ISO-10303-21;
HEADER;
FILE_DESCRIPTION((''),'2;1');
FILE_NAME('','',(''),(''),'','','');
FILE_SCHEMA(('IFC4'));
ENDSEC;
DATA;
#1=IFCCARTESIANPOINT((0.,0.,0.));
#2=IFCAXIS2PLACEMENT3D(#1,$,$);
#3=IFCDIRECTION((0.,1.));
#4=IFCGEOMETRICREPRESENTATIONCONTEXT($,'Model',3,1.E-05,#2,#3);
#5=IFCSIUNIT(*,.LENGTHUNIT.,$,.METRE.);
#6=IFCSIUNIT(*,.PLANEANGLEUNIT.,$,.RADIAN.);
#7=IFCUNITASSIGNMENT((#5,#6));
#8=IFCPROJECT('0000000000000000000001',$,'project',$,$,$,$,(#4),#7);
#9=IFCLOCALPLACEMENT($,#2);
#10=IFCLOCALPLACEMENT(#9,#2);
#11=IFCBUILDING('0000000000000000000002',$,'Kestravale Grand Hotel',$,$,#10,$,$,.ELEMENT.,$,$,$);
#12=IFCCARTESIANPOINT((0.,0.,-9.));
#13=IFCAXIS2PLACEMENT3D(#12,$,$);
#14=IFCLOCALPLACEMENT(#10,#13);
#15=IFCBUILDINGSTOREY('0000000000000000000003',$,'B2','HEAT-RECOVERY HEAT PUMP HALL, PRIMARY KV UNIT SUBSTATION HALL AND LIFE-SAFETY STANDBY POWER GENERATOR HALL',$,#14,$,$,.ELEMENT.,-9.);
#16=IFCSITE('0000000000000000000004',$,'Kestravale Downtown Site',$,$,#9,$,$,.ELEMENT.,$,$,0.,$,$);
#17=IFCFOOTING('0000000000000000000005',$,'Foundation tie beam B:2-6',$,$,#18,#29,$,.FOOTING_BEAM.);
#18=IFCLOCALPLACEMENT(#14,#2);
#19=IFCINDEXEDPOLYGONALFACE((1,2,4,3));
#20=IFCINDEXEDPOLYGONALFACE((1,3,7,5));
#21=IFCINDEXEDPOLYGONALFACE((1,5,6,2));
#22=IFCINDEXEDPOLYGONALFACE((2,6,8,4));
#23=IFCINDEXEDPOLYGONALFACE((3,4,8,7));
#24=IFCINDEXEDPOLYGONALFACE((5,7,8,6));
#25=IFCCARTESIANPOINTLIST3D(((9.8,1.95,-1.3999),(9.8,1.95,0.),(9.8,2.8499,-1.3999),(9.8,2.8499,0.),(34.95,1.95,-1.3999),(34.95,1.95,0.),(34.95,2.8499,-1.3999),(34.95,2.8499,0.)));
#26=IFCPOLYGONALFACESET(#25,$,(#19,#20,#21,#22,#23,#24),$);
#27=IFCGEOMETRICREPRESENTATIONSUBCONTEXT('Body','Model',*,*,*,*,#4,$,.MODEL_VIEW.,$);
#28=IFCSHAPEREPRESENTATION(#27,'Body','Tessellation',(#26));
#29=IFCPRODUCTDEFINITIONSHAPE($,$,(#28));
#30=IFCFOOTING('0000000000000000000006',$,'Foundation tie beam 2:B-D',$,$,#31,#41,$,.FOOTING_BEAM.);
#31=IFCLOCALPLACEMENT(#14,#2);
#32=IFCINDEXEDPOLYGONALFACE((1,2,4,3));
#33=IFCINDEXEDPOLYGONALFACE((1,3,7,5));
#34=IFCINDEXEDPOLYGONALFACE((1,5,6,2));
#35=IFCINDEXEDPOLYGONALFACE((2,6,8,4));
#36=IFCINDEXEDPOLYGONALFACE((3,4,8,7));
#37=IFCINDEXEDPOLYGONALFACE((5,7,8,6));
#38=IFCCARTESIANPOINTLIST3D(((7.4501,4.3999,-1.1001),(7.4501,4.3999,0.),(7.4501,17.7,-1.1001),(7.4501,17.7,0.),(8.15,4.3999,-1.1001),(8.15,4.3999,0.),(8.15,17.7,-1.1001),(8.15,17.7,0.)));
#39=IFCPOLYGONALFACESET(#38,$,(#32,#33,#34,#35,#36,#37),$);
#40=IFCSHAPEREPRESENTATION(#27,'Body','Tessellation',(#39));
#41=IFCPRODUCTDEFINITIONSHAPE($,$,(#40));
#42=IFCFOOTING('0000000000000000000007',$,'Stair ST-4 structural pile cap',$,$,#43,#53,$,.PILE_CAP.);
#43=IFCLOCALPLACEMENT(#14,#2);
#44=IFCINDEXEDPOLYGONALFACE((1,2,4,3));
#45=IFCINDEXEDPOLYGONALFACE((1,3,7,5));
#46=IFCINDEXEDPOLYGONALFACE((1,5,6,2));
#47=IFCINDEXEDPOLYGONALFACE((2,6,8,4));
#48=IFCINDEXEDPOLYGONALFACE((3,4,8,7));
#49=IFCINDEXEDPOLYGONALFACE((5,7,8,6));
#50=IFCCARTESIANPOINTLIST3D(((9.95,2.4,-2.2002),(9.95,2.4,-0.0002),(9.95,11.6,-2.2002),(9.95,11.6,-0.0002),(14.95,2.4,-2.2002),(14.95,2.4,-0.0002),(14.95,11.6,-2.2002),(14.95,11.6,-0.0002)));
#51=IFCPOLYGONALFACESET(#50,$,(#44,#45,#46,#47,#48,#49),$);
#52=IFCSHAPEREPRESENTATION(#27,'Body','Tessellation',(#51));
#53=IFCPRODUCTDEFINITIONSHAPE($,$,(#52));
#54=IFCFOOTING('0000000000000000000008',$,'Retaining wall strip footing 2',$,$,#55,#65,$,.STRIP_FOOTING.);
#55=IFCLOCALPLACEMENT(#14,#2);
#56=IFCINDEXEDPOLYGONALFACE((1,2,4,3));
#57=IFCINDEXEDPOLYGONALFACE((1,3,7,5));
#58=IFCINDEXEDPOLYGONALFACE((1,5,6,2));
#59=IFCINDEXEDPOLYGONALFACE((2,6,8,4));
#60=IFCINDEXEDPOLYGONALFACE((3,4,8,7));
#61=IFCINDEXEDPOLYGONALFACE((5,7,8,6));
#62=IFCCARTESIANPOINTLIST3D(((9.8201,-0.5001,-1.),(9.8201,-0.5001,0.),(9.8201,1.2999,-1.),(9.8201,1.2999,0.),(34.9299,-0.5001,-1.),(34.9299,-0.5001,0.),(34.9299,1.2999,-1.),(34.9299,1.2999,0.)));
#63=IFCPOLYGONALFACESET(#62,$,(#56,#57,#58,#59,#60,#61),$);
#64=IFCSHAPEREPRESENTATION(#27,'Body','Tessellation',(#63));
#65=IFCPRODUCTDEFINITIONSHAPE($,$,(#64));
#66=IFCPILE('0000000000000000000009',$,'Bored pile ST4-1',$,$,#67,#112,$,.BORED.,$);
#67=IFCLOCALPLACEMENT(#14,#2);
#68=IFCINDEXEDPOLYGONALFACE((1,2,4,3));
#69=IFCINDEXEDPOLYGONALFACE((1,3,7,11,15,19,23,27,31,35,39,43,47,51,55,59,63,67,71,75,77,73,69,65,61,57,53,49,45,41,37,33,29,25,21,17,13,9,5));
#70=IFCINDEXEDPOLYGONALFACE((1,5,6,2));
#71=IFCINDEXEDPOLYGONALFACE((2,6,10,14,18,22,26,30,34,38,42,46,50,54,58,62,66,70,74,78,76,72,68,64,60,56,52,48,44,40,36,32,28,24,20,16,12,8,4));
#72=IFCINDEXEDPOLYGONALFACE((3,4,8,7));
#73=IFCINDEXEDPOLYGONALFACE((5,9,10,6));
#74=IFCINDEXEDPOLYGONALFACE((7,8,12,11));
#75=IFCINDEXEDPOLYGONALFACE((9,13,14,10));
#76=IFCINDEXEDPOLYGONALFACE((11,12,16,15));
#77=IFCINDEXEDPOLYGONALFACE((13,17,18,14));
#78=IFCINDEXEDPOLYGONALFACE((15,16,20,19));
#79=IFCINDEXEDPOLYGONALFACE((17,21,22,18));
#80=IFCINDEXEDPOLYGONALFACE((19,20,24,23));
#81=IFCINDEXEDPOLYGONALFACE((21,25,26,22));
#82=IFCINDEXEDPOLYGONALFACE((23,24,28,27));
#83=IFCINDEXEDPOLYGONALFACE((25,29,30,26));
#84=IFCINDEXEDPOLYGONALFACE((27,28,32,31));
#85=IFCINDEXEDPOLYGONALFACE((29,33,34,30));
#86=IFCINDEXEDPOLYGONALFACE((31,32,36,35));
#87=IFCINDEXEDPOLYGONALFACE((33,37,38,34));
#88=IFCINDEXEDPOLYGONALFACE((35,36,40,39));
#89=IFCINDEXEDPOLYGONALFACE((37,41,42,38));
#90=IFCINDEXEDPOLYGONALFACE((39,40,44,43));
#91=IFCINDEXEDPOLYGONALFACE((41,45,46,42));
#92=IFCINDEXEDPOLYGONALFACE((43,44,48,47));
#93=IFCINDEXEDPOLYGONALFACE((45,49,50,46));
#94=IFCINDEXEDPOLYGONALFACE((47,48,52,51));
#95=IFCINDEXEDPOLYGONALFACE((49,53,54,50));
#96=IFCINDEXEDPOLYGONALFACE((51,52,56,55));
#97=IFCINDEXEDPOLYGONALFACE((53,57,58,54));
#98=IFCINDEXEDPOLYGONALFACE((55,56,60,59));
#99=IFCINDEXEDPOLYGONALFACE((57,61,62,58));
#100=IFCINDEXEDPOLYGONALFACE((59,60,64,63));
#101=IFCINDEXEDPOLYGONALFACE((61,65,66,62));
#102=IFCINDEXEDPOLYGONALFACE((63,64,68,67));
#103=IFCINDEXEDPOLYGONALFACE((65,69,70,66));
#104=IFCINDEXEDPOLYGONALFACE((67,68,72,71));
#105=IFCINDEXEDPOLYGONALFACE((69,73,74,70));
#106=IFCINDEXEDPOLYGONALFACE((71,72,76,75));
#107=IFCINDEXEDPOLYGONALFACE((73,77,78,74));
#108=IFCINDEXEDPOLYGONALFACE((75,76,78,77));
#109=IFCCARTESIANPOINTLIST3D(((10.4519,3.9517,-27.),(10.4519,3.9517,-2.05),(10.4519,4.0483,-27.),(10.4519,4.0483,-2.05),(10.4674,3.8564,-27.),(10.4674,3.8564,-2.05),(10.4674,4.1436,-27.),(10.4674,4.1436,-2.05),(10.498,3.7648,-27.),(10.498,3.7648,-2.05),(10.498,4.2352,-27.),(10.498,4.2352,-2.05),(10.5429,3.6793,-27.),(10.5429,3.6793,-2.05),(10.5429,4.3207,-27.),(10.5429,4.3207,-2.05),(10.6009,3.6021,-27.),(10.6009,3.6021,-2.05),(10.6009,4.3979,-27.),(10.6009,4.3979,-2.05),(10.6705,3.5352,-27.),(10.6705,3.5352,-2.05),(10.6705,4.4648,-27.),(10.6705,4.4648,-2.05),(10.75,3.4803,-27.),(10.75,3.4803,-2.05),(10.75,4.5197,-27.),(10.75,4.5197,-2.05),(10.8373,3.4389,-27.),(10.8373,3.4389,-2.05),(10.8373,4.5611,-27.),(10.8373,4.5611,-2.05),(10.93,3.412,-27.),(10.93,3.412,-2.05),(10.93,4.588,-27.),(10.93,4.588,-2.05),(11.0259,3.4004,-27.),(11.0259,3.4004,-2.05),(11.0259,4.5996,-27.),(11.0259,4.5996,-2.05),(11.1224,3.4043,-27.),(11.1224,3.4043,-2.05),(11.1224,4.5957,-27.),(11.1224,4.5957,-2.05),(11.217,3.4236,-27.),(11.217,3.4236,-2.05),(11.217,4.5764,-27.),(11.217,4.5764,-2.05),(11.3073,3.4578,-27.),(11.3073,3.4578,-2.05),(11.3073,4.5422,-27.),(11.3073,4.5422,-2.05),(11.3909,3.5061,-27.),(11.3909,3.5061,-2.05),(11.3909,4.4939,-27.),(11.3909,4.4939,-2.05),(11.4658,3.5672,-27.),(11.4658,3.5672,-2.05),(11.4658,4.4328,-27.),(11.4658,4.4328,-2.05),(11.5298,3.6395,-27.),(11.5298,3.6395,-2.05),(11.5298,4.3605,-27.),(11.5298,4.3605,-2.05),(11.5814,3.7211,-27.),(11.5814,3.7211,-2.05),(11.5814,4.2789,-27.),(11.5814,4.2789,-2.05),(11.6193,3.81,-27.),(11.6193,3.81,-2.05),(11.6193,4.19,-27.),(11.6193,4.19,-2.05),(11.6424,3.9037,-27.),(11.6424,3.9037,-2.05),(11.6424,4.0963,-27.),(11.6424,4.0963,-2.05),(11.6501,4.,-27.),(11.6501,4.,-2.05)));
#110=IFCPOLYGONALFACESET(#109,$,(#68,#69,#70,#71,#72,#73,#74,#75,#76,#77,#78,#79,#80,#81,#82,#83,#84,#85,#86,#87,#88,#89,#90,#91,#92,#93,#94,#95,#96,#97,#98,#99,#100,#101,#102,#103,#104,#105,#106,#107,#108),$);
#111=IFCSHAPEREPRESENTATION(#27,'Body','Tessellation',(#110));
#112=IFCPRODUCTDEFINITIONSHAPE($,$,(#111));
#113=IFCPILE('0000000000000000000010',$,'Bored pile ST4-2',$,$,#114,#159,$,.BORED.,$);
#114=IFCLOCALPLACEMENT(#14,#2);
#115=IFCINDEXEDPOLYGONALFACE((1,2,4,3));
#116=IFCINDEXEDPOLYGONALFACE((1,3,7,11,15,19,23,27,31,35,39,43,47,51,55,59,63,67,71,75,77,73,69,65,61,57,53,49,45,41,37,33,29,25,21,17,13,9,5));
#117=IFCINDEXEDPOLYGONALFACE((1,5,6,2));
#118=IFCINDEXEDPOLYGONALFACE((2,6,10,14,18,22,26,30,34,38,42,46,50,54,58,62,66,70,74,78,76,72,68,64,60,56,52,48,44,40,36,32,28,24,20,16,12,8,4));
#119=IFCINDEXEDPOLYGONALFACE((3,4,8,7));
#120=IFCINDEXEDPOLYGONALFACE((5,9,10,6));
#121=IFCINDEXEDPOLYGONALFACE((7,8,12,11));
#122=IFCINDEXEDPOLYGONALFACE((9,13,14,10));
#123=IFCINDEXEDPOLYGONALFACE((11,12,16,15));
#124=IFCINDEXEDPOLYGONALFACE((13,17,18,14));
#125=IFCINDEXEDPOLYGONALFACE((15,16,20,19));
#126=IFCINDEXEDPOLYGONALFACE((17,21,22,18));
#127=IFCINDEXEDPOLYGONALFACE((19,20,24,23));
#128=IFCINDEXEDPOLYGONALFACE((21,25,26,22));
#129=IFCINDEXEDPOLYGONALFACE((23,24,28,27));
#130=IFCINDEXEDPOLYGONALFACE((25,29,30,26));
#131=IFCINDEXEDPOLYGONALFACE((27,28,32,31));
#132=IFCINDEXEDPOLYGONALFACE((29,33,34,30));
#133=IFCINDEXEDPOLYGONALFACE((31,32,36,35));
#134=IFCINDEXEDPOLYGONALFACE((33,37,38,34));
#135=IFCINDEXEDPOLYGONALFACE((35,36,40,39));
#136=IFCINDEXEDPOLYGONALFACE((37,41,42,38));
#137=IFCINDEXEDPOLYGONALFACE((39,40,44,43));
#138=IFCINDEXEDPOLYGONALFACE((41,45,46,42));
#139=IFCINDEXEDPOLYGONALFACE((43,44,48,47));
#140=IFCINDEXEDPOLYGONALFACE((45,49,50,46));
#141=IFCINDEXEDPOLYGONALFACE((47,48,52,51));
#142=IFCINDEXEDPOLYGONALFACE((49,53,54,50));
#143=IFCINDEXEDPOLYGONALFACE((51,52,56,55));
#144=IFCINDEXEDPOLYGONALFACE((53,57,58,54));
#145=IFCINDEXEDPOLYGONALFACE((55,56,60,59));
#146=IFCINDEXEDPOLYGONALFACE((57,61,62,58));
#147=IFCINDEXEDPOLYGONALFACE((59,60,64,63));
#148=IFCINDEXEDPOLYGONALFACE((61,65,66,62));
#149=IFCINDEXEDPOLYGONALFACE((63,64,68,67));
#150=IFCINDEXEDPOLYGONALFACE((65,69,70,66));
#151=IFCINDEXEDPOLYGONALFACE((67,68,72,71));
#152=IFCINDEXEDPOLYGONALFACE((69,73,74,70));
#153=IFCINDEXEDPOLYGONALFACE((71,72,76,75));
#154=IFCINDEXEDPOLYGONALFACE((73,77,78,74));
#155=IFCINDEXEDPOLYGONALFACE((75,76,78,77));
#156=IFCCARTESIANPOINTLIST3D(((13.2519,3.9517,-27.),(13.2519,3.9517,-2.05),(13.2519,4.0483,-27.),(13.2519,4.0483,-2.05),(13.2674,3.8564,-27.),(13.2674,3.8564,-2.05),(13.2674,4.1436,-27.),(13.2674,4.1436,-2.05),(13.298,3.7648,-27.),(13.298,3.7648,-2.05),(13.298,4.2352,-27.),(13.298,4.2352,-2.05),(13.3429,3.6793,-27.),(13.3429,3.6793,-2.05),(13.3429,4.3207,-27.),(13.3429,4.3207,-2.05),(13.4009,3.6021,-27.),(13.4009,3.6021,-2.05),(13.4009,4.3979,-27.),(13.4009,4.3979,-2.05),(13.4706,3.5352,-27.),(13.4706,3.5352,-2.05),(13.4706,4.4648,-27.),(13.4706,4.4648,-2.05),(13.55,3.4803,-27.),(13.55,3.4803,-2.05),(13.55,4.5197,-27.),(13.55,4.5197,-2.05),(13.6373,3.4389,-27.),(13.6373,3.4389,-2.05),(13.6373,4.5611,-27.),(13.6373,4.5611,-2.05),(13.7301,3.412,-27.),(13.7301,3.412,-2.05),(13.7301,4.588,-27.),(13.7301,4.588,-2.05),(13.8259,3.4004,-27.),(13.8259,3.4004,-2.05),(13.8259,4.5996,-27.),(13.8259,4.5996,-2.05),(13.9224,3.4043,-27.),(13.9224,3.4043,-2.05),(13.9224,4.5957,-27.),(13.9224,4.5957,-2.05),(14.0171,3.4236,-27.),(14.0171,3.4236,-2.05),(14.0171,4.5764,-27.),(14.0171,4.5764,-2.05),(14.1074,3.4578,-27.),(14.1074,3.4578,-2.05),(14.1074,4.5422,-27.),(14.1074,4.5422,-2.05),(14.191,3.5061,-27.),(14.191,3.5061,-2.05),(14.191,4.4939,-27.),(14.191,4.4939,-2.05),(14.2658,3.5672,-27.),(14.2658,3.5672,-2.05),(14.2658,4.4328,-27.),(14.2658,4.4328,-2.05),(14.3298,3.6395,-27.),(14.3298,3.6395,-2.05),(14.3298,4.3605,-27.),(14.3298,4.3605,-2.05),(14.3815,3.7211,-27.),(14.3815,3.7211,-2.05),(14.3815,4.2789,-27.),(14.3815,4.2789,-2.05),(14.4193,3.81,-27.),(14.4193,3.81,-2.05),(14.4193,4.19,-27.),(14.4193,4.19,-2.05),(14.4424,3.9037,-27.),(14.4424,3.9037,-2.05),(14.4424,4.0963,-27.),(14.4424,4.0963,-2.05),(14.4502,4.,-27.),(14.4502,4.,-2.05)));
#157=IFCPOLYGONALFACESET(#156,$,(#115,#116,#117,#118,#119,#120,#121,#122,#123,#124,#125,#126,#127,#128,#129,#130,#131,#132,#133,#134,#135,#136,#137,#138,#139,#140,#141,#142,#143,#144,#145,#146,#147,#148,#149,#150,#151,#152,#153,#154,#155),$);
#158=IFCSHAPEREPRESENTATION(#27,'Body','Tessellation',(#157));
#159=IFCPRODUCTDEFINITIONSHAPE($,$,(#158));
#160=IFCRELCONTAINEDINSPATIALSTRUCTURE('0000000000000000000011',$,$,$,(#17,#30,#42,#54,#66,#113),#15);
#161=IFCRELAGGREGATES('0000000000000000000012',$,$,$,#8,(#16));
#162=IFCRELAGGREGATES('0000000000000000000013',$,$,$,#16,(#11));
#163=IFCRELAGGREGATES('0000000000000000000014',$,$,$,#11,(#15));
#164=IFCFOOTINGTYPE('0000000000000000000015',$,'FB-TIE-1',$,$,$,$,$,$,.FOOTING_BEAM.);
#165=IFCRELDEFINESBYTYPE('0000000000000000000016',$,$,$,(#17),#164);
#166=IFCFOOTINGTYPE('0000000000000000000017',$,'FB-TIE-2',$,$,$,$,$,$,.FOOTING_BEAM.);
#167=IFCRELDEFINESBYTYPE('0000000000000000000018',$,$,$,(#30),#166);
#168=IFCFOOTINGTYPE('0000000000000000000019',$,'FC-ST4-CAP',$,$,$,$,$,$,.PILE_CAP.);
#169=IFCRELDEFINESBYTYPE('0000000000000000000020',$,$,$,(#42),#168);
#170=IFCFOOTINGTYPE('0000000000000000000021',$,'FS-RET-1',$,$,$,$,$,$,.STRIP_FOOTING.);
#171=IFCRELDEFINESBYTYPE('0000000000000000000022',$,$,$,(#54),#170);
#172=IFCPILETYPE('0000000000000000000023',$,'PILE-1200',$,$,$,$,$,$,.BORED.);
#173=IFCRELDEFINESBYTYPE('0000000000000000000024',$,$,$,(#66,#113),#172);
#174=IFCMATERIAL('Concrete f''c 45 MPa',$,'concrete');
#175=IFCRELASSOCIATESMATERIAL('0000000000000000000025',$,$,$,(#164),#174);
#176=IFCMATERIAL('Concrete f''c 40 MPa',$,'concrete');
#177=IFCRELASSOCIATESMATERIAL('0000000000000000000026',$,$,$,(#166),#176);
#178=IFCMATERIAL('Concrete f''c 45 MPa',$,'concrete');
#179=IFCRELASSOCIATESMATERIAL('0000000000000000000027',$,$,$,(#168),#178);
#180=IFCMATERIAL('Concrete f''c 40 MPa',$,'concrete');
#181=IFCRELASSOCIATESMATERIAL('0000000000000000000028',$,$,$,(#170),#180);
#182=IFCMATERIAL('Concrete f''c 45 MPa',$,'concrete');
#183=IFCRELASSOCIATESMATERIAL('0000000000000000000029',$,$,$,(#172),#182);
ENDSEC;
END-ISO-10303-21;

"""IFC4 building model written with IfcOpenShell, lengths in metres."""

from ifc_helpers import new_model, si_unit, direction, frame, origin, origin_2d, place, context, subcontext, project, spatial, rectangle, circle, extrude, material, material_profile, profile_set, type_object, element, save


model = new_model("IFC4")

# Units and contexts
model_context = context("Model", 3, precision=1e-05, world=origin(), true_north=direction((0.0, 1.0)))
body_context = subcontext(model_context, "Body", "Model", "MODEL_VIEW")
ifc_project = project(units=[si_unit("LENGTHUNIT", "METRE"), si_unit("PLANEANGLEUNIT", "RADIAN")], contexts=[model_context])

# Site, building, storey
site_placement = place(None, origin())
site = spatial("IfcSite", under=ifc_project, at=site_placement, Name="Kestravale Downtown Site", CompositionType="ELEMENT", RefElevation=0.0)
building_placement = place(site_placement, origin())
building = spatial("IfcBuilding", under=site, at=building_placement, Name="Kestravale Grand Hotel", CompositionType="ELEMENT")
storey_placement = place(building_placement, frame((0.0, 0.0, -9.0)))
storey = spatial("IfcBuildingStorey", under=building, at=storey_placement, Name="B2", Description="HEAT-RECOVERY HEAT PUMP HALL, PRIMARY KV UNIT SUBSTATION HALL AND LIFE-SAFETY STANDBY POWER GENERATOR HALL", CompositionType="ELEMENT", Elevation=-9.0)

# Footings
ifc_material_1 = material(Name="Concrete f'c 45 MPa", Category="concrete")
ifc_material_profile_1 = material_profile(ifc_material_1, rectangle(XDim=0.8999, YDim=1.3999, at=origin_2d()))
ifc_profile_set_1 = profile_set([ifc_material_profile_1], Name="Concrete f'c 45 MPa")
footing_type_1 = type_object("IfcFootingType", Name="FB-TIE-1", PredefinedType="FOOTING_BEAM", material=ifc_profile_set_1)
footing_1_placement = place(storey_placement, frame((9.8, 2.3999, -0.7), z_axis=(1.0, 0.0, 0.0), x_axis=(0.0, 1.0, 0.0)))
element("IfcFooting", 1, at=footing_1_placement, inside=storey, type_object=footing_type_1, Name="Foundation tie beam B:2-6", PredefinedType="FOOTING_BEAM", context=body_context, shape_type="SweptSolid", body=[
    extrude(rectangle(XDim=0.8999, YDim=1.3999, at=origin_2d()), origin(), (0.0, 0.0, 1.0), 25.1499),
])
ifc_material_2 = material(Name="Concrete f'c 40 MPa", Category="concrete")
ifc_material_profile_2 = material_profile(ifc_material_2, rectangle(XDim=0.7, YDim=1.1001, at=origin_2d()))
ifc_profile_set_2 = profile_set([ifc_material_profile_2], Name="Concrete f'c 40 MPa")
footing_type_2 = type_object("IfcFootingType", Name="FB-TIE-2", PredefinedType="FOOTING_BEAM", material=ifc_profile_set_2)
footing_2_placement = place(storey_placement, frame((7.8, 4.3999, -0.55), z_axis=(0.0, 1.0, 0.0), x_axis=(-1.0, 0.0, 0.0)))
element("IfcFooting", 2, at=footing_2_placement, inside=storey, type_object=footing_type_2, Name="Foundation tie beam 2:B-D", PredefinedType="FOOTING_BEAM", context=body_context, shape_type="SweptSolid", body=[
    extrude(rectangle(XDim=0.7, YDim=1.1001, at=origin_2d()), origin(), (0.0, 0.0, 1.0), 13.3),
])
ifc_material_3 = material(Name="Concrete f'c 45 MPa", Category="concrete")
footing_type_3 = type_object("IfcFootingType", Name="FC-ST4-CAP", PredefinedType="PILE_CAP", material=ifc_material_3)
footing_3_placement = place(storey_placement, frame((12.45, 7.0, -2.2002), z_axis=(0.0, 0.0, 1.0), x_axis=(1.0, 0.0, 0.0)))
element("IfcFooting", 3, at=footing_3_placement, inside=storey, type_object=footing_type_3, Name="Stair ST-4 structural pile cap", PredefinedType="PILE_CAP", context=body_context, shape_type="SweptSolid", body=[
    extrude(rectangle(XDim=5.0, YDim=9.2, at=origin_2d()), origin(), (0.0, 0.0, 1.0), 2.2),
])
ifc_material_4 = material(Name="Concrete f'c 40 MPa", Category="concrete")
ifc_material_profile_3 = material_profile(ifc_material_4, rectangle(XDim=1.8, YDim=1.0, at=origin_2d()))
ifc_profile_set_3 = profile_set([ifc_material_profile_3], Name="Concrete f'c 40 MPa")
footing_type_4 = type_object("IfcFootingType", Name="FS-RET-1", PredefinedType="STRIP_FOOTING", material=ifc_profile_set_3)
footing_4_placement = place(storey_placement, frame((9.8201, 0.3999, -0.5), z_axis=(1.0, 0.0, 0.0), x_axis=(0.0, 1.0, 0.0)))
element("IfcFooting", 4, at=footing_4_placement, inside=storey, type_object=footing_type_4, Name="Retaining wall strip footing 2", PredefinedType="STRIP_FOOTING", context=body_context, shape_type="SweptSolid", body=[
    extrude(rectangle(XDim=1.8, YDim=1.0, at=origin_2d()), origin(), (0.0, 0.0, 1.0), 25.1099),
])

# Piles
ifc_material_5 = material(Name="Concrete f'c 45 MPa", Category="concrete")
ifc_material_profile_4 = material_profile(ifc_material_5, circle(Radius=0.6001, at=origin_2d()))
ifc_profile_set_4 = profile_set([ifc_material_profile_4], Name="Concrete f'c 45 MPa")
pile_type_1 = type_object("IfcPileType", Name="PILE-1200", PredefinedType="BORED", material=ifc_profile_set_4)
for number, where, z_axis, x_axis, name in (
    (5, (11.05, 4.0, -2.05), (0.0, 0.0, -1.0), (1.0, 0.0, 0.0), "Bored pile ST4-1"),
    (6, (13.8501, 4.0, -2.05), (0.0, 0.0, -1.0), (1.0, 0.0, 0.0), "Bored pile ST4-2"),
):
    element("IfcPile", number, at=place(storey_placement, frame(where, z_axis=z_axis, x_axis=x_axis)), inside=storey, type_object=pile_type_1, Name=name, PredefinedType="BORED", context=body_context, shape_type="SweptSolid", body=[
        extrude(circle(Radius=0.6001, at=origin_2d()), origin(), (0.0, 0.0, 1.0), 24.95),
    ])

save(model, "model.ifc")
